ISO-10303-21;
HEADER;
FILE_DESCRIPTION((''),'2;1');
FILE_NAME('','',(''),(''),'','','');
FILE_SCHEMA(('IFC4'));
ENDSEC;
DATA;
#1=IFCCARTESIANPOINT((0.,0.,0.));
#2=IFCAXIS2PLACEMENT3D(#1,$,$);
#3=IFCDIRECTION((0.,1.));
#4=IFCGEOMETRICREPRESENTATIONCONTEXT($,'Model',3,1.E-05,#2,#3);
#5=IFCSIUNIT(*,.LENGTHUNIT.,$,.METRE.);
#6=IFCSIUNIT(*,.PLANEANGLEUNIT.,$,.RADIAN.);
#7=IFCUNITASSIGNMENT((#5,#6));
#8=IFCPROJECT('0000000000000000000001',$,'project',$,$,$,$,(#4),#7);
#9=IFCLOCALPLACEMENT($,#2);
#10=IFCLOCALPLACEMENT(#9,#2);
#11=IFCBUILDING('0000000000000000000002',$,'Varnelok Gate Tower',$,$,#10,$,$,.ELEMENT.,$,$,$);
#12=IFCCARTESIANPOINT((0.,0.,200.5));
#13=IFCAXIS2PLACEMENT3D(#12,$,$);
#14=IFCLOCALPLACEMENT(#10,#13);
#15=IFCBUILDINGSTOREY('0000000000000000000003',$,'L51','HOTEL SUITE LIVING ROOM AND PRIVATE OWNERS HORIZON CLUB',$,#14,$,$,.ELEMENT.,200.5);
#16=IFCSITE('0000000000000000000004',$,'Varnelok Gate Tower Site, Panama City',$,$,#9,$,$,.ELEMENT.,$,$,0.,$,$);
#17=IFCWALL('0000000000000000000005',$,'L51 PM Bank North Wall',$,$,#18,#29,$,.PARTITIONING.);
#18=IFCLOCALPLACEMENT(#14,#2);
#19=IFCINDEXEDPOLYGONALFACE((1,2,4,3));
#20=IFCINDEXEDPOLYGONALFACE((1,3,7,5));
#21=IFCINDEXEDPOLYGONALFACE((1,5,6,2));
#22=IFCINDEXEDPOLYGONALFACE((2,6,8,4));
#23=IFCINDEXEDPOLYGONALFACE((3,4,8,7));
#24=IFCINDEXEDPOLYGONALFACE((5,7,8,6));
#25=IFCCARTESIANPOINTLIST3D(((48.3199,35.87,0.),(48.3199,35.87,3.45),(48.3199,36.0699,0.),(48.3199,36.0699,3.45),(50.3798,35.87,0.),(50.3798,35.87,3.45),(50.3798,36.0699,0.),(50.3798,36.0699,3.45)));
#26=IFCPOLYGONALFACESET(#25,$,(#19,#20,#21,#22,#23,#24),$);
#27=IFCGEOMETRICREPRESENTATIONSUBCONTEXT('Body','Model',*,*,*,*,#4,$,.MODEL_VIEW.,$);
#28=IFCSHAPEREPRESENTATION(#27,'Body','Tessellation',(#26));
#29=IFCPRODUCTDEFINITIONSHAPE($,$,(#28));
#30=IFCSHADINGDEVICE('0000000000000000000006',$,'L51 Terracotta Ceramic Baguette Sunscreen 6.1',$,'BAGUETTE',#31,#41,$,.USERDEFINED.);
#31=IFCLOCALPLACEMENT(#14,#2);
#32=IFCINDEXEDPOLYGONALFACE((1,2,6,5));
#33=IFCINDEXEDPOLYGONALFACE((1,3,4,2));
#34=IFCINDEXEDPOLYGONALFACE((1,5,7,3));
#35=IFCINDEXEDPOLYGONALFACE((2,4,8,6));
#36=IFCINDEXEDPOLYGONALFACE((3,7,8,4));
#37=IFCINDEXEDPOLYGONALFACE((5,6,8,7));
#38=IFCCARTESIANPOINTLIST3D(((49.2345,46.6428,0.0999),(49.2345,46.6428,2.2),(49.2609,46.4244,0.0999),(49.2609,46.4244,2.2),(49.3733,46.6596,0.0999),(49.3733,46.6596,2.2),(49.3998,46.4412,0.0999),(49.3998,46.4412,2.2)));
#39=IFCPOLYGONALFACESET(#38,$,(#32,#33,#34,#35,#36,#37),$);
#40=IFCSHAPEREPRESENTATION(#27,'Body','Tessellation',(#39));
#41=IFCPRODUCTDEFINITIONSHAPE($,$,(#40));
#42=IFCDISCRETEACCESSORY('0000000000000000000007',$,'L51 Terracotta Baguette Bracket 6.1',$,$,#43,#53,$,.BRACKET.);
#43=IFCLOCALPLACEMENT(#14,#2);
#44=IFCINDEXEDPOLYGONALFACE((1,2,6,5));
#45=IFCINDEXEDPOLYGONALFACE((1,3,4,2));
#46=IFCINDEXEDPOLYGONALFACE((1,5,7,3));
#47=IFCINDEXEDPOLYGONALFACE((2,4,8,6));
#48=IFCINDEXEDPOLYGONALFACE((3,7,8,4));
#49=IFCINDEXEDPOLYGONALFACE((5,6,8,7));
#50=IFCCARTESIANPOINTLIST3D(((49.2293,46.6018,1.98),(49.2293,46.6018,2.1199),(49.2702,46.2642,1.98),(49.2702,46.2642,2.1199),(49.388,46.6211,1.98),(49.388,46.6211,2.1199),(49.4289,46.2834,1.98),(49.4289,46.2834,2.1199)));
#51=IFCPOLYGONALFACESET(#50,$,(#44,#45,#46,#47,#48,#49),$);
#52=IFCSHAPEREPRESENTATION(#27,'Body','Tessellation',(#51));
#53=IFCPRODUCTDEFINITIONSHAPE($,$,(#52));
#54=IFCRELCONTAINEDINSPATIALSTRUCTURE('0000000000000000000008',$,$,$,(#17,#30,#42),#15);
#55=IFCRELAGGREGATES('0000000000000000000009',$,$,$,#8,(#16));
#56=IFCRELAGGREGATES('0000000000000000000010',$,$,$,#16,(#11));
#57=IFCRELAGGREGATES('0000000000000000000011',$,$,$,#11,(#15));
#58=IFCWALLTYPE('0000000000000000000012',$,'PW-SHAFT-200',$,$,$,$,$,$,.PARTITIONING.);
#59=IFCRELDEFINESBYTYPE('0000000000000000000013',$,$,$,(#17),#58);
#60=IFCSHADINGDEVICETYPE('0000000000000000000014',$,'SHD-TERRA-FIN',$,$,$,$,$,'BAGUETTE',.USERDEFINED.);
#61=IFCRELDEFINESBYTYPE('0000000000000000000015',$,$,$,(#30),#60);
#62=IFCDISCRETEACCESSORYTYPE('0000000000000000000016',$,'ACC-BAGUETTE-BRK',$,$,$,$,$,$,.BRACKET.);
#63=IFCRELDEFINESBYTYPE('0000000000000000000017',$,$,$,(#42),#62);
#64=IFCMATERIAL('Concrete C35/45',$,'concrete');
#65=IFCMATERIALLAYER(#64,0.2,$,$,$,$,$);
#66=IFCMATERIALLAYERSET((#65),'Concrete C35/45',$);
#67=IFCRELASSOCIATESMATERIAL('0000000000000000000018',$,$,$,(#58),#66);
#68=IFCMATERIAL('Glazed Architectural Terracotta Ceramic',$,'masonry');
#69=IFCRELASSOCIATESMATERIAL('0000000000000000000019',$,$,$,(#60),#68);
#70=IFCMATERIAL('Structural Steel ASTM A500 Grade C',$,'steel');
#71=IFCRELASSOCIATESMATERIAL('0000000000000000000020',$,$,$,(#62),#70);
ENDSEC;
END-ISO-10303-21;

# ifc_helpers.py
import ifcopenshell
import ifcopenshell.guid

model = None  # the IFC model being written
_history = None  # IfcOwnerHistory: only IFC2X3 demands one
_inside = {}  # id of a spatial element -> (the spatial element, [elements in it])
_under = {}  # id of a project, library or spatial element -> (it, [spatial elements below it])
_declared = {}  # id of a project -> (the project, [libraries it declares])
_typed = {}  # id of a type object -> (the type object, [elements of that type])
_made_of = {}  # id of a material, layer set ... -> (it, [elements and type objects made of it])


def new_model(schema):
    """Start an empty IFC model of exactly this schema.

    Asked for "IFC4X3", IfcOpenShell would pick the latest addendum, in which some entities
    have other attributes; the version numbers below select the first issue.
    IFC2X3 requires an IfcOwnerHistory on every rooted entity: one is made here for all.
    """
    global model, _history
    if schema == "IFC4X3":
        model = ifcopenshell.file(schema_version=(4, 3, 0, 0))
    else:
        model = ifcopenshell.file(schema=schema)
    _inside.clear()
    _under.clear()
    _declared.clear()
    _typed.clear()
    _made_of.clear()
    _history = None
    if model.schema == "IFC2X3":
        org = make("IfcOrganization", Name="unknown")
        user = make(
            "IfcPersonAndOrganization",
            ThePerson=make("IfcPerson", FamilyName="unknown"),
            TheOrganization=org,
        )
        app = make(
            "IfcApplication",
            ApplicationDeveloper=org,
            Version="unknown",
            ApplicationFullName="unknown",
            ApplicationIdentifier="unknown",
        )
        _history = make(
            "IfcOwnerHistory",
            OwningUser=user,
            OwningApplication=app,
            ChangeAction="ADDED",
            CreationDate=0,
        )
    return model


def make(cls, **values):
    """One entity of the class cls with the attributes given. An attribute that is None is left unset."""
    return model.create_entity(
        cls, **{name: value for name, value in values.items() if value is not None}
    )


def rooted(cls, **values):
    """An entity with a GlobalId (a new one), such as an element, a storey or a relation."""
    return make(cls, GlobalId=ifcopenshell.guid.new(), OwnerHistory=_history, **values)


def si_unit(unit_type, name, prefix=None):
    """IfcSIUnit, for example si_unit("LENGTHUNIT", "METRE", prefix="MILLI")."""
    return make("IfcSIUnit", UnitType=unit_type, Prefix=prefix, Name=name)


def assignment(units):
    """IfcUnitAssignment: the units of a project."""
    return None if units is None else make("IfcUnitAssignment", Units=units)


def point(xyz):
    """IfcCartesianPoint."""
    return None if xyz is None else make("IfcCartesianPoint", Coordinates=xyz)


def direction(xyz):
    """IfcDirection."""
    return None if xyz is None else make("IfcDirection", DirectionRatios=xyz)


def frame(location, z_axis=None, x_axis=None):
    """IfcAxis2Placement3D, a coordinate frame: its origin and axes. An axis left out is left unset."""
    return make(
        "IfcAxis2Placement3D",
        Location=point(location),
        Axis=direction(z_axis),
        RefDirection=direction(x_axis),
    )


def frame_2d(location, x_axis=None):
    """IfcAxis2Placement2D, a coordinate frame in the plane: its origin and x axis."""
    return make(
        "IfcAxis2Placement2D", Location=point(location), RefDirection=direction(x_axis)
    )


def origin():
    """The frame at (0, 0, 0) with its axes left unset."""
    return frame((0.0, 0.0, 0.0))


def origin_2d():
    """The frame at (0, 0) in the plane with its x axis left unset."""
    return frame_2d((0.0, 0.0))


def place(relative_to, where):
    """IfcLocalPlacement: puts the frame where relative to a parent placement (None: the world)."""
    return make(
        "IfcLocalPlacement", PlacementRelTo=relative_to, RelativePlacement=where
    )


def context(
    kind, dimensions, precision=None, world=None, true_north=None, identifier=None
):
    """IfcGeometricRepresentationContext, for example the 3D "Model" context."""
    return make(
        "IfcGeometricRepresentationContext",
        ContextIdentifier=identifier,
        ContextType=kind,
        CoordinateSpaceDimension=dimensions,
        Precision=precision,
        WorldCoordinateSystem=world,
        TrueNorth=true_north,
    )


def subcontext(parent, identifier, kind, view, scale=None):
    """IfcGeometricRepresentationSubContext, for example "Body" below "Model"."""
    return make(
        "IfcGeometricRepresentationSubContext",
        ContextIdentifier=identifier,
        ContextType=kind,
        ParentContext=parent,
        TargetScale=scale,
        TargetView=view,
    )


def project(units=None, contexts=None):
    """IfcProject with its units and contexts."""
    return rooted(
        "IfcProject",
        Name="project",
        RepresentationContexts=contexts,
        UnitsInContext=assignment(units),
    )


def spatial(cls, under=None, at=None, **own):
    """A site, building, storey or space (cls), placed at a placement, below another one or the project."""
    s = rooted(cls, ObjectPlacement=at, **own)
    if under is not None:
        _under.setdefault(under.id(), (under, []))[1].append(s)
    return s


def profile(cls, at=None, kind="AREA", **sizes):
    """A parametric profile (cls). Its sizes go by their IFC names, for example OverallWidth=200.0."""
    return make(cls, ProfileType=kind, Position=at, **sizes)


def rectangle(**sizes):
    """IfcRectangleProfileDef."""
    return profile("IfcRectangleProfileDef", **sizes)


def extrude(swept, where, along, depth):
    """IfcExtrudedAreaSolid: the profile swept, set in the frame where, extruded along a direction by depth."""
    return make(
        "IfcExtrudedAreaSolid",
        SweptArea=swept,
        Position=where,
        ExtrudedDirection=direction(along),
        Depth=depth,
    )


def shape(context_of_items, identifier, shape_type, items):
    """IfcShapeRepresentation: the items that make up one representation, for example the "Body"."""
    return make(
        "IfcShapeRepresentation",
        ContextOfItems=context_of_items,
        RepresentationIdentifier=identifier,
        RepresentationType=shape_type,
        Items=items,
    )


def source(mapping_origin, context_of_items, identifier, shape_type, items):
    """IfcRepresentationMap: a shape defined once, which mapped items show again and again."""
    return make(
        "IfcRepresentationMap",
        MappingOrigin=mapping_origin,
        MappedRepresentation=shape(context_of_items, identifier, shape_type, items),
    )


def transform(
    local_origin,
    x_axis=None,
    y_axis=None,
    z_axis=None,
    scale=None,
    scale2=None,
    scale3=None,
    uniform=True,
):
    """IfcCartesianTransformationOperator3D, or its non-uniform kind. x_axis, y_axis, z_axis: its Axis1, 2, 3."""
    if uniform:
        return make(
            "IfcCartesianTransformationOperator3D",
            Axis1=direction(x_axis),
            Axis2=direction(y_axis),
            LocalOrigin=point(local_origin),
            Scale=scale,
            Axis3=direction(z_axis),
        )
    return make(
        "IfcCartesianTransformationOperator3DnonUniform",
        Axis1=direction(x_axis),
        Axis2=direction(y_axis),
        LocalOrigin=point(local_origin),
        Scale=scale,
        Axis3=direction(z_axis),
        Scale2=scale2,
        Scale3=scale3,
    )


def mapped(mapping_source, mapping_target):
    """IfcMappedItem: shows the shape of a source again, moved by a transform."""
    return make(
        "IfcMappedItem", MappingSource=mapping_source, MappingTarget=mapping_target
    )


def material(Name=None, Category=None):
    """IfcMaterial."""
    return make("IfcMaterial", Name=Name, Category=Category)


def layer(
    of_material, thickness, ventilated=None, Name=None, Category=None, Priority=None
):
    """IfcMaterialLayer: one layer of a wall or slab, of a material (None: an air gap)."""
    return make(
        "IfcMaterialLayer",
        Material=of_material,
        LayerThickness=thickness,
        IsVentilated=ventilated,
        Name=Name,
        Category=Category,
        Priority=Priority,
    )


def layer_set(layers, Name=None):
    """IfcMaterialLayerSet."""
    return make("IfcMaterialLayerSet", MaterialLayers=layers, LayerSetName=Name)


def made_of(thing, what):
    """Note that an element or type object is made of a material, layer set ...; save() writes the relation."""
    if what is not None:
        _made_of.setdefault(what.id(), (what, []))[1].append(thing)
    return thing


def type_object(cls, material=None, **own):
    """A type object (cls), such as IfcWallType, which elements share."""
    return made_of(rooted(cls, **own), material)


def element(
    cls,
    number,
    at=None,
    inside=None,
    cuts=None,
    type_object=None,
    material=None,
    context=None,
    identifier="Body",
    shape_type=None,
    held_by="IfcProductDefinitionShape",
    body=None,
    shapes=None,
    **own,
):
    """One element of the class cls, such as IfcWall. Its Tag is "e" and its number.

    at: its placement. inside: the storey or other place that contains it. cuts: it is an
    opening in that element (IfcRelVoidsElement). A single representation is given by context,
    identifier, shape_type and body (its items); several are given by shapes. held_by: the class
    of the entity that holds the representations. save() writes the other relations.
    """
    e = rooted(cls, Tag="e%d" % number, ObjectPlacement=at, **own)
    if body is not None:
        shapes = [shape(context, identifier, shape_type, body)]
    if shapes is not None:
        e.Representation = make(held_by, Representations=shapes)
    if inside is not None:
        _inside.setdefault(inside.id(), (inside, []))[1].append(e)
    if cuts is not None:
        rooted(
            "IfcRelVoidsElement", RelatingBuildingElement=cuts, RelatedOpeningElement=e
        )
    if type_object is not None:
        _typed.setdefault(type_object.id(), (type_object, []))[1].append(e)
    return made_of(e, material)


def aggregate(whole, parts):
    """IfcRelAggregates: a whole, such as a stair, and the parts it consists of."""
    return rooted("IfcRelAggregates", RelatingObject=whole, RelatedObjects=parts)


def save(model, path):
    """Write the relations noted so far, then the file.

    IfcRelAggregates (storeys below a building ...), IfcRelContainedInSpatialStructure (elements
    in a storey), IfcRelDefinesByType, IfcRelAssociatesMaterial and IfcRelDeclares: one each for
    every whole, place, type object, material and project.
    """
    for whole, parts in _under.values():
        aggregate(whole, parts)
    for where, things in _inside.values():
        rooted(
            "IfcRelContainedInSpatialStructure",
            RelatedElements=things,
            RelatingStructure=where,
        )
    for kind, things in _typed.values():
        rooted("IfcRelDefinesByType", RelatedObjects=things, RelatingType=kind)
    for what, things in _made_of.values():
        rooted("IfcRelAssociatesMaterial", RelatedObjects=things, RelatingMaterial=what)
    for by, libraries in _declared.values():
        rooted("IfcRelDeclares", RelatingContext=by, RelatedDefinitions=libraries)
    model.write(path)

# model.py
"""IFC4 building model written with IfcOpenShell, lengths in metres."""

from ifc_helpers import new_model, si_unit, direction, frame, frame_2d, origin, origin_2d, place, context, subcontext, project, spatial, rectangle, extrude, source, transform, mapped, material, layer, layer_set, type_object, element, save


model = new_model("IFC4")

# Units and contexts
model_context = context("Model", 3, precision=1e-05, world=origin(), true_north=direction((0.0, 1.0)))
body_context = subcontext(model_context, "Body", "Model", "MODEL_VIEW")
ifc_project = project(units=[si_unit("LENGTHUNIT", "METRE"), si_unit("PLANEANGLEUNIT", "RADIAN")], contexts=[model_context])

# Site, building, storey
site_placement = place(None, origin())
site = spatial("IfcSite", under=ifc_project, at=site_placement, Name="Varnelok Gate Tower Site, Panama City", CompositionType="ELEMENT", RefElevation=0.0)
building_placement = place(site_placement, origin())
building = spatial("IfcBuilding", under=site, at=building_placement, Name="Varnelok Gate Tower", CompositionType="ELEMENT")
storey_placement = place(building_placement, frame((0.0, 0.0, 200.5)))
storey = spatial("IfcBuildingStorey", under=building, at=storey_placement, Name="L51", Description="HOTEL SUITE LIVING ROOM AND PRIVATE OWNERS HORIZON CLUB", CompositionType="ELEMENT", Elevation=200.5)

# Wall
ifc_material_1 = material(Name="Concrete C35/45", Category="concrete")
ifc_layer_1 = layer(ifc_material_1, 0.2)
ifc_layer_set_1 = layer_set([ifc_layer_1], Name="Concrete C35/45")
wall_type_1 = type_object("IfcWallType", Name="PW-SHAFT-200", PredefinedType="PARTITIONING", material=ifc_layer_set_1)
wall_1_placement = place(storey_placement, frame((48.3201, 35.97, 0.0), z_axis=(0.0, 0.0, 1.0), x_axis=(1.0, 0.0, 0.0)))
element("IfcWall", 1, at=wall_1_placement, inside=storey, type_object=wall_type_1, Name="L51 PM Bank North Wall", PredefinedType="PARTITIONING", context=body_context, shape_type="SweptSolid", body=[
    extrude(rectangle(XDim=2.0598, YDim=0.2, at=frame_2d((1.0298, 0.0))), origin(), (0.0, 0.0, 1.0), 3.45),
])

# Shading device
ifc_material_2 = material(Name="Glazed Architectural Terracotta Ceramic", Category="masonry")
shading_device_type = type_object("IfcShadingDeviceType", Name="SHD-TERRA-FIN", ElementType="BAGUETTE", PredefinedType="USERDEFINED", material=ifc_material_2)
shared_shape_1 = source(origin(), body_context, "Body", "SweptSolid", [
    extrude(rectangle(XDim=0.1399, YDim=0.22, at=origin_2d()), origin(), (0.0, 0.0, 1.0), 2.1001),
])
shading_device_placement = place(storey_placement, frame((49.3171, 46.542, 0.0999), z_axis=(0.0, 0.0, 1.0), x_axis=(0.992732, 0.120345, 0.0)))
element("IfcShadingDevice", 2, at=shading_device_placement, inside=storey, type_object=shading_device_type, Name="L51 Terracotta Ceramic Baguette Sunscreen 6.1", ObjectType="BAGUETTE", PredefinedType="USERDEFINED", context=body_context, shape_type="MappedRepresentation", body=[
    mapped(shared_shape_1, transform((0.0, 0.0, 0.0), scale=1.0)),
])

# Discrete accessory
ifc_material_3 = material(Name="Structural Steel ASTM A500 Grade C", Category="steel")
discrete_accessory_type = type_object("IfcDiscreteAccessoryType", Name="ACC-BAGUETTE-BRK", PredefinedType="BRACKET", material=ifc_material_3)
shared_shape_2 = source(origin(), body_context, "Body", "SweptSolid", [
    extrude(rectangle(XDim=0.1599, YDim=0.3401, at=origin_2d()), origin(), (0.0, 0.0, 1.0), 0.1399),
])
discrete_accessory_placement = place(storey_placement, frame((49.3291, 46.4426, 1.98), z_axis=(0.0, 0.0, 1.0), x_axis=(0.992732, 0.120345, 0.0)))
element("IfcDiscreteAccessory", 3, at=discrete_accessory_placement, inside=storey, type_object=discrete_accessory_type, Name="L51 Terracotta Baguette Bracket 6.1", PredefinedType="BRACKET", context=body_context, shape_type="MappedRepresentation", body=[
    mapped(shared_shape_2, transform((0.0, 0.0, 0.0), scale=1.0)),
])

save(model, "model.ifc")
